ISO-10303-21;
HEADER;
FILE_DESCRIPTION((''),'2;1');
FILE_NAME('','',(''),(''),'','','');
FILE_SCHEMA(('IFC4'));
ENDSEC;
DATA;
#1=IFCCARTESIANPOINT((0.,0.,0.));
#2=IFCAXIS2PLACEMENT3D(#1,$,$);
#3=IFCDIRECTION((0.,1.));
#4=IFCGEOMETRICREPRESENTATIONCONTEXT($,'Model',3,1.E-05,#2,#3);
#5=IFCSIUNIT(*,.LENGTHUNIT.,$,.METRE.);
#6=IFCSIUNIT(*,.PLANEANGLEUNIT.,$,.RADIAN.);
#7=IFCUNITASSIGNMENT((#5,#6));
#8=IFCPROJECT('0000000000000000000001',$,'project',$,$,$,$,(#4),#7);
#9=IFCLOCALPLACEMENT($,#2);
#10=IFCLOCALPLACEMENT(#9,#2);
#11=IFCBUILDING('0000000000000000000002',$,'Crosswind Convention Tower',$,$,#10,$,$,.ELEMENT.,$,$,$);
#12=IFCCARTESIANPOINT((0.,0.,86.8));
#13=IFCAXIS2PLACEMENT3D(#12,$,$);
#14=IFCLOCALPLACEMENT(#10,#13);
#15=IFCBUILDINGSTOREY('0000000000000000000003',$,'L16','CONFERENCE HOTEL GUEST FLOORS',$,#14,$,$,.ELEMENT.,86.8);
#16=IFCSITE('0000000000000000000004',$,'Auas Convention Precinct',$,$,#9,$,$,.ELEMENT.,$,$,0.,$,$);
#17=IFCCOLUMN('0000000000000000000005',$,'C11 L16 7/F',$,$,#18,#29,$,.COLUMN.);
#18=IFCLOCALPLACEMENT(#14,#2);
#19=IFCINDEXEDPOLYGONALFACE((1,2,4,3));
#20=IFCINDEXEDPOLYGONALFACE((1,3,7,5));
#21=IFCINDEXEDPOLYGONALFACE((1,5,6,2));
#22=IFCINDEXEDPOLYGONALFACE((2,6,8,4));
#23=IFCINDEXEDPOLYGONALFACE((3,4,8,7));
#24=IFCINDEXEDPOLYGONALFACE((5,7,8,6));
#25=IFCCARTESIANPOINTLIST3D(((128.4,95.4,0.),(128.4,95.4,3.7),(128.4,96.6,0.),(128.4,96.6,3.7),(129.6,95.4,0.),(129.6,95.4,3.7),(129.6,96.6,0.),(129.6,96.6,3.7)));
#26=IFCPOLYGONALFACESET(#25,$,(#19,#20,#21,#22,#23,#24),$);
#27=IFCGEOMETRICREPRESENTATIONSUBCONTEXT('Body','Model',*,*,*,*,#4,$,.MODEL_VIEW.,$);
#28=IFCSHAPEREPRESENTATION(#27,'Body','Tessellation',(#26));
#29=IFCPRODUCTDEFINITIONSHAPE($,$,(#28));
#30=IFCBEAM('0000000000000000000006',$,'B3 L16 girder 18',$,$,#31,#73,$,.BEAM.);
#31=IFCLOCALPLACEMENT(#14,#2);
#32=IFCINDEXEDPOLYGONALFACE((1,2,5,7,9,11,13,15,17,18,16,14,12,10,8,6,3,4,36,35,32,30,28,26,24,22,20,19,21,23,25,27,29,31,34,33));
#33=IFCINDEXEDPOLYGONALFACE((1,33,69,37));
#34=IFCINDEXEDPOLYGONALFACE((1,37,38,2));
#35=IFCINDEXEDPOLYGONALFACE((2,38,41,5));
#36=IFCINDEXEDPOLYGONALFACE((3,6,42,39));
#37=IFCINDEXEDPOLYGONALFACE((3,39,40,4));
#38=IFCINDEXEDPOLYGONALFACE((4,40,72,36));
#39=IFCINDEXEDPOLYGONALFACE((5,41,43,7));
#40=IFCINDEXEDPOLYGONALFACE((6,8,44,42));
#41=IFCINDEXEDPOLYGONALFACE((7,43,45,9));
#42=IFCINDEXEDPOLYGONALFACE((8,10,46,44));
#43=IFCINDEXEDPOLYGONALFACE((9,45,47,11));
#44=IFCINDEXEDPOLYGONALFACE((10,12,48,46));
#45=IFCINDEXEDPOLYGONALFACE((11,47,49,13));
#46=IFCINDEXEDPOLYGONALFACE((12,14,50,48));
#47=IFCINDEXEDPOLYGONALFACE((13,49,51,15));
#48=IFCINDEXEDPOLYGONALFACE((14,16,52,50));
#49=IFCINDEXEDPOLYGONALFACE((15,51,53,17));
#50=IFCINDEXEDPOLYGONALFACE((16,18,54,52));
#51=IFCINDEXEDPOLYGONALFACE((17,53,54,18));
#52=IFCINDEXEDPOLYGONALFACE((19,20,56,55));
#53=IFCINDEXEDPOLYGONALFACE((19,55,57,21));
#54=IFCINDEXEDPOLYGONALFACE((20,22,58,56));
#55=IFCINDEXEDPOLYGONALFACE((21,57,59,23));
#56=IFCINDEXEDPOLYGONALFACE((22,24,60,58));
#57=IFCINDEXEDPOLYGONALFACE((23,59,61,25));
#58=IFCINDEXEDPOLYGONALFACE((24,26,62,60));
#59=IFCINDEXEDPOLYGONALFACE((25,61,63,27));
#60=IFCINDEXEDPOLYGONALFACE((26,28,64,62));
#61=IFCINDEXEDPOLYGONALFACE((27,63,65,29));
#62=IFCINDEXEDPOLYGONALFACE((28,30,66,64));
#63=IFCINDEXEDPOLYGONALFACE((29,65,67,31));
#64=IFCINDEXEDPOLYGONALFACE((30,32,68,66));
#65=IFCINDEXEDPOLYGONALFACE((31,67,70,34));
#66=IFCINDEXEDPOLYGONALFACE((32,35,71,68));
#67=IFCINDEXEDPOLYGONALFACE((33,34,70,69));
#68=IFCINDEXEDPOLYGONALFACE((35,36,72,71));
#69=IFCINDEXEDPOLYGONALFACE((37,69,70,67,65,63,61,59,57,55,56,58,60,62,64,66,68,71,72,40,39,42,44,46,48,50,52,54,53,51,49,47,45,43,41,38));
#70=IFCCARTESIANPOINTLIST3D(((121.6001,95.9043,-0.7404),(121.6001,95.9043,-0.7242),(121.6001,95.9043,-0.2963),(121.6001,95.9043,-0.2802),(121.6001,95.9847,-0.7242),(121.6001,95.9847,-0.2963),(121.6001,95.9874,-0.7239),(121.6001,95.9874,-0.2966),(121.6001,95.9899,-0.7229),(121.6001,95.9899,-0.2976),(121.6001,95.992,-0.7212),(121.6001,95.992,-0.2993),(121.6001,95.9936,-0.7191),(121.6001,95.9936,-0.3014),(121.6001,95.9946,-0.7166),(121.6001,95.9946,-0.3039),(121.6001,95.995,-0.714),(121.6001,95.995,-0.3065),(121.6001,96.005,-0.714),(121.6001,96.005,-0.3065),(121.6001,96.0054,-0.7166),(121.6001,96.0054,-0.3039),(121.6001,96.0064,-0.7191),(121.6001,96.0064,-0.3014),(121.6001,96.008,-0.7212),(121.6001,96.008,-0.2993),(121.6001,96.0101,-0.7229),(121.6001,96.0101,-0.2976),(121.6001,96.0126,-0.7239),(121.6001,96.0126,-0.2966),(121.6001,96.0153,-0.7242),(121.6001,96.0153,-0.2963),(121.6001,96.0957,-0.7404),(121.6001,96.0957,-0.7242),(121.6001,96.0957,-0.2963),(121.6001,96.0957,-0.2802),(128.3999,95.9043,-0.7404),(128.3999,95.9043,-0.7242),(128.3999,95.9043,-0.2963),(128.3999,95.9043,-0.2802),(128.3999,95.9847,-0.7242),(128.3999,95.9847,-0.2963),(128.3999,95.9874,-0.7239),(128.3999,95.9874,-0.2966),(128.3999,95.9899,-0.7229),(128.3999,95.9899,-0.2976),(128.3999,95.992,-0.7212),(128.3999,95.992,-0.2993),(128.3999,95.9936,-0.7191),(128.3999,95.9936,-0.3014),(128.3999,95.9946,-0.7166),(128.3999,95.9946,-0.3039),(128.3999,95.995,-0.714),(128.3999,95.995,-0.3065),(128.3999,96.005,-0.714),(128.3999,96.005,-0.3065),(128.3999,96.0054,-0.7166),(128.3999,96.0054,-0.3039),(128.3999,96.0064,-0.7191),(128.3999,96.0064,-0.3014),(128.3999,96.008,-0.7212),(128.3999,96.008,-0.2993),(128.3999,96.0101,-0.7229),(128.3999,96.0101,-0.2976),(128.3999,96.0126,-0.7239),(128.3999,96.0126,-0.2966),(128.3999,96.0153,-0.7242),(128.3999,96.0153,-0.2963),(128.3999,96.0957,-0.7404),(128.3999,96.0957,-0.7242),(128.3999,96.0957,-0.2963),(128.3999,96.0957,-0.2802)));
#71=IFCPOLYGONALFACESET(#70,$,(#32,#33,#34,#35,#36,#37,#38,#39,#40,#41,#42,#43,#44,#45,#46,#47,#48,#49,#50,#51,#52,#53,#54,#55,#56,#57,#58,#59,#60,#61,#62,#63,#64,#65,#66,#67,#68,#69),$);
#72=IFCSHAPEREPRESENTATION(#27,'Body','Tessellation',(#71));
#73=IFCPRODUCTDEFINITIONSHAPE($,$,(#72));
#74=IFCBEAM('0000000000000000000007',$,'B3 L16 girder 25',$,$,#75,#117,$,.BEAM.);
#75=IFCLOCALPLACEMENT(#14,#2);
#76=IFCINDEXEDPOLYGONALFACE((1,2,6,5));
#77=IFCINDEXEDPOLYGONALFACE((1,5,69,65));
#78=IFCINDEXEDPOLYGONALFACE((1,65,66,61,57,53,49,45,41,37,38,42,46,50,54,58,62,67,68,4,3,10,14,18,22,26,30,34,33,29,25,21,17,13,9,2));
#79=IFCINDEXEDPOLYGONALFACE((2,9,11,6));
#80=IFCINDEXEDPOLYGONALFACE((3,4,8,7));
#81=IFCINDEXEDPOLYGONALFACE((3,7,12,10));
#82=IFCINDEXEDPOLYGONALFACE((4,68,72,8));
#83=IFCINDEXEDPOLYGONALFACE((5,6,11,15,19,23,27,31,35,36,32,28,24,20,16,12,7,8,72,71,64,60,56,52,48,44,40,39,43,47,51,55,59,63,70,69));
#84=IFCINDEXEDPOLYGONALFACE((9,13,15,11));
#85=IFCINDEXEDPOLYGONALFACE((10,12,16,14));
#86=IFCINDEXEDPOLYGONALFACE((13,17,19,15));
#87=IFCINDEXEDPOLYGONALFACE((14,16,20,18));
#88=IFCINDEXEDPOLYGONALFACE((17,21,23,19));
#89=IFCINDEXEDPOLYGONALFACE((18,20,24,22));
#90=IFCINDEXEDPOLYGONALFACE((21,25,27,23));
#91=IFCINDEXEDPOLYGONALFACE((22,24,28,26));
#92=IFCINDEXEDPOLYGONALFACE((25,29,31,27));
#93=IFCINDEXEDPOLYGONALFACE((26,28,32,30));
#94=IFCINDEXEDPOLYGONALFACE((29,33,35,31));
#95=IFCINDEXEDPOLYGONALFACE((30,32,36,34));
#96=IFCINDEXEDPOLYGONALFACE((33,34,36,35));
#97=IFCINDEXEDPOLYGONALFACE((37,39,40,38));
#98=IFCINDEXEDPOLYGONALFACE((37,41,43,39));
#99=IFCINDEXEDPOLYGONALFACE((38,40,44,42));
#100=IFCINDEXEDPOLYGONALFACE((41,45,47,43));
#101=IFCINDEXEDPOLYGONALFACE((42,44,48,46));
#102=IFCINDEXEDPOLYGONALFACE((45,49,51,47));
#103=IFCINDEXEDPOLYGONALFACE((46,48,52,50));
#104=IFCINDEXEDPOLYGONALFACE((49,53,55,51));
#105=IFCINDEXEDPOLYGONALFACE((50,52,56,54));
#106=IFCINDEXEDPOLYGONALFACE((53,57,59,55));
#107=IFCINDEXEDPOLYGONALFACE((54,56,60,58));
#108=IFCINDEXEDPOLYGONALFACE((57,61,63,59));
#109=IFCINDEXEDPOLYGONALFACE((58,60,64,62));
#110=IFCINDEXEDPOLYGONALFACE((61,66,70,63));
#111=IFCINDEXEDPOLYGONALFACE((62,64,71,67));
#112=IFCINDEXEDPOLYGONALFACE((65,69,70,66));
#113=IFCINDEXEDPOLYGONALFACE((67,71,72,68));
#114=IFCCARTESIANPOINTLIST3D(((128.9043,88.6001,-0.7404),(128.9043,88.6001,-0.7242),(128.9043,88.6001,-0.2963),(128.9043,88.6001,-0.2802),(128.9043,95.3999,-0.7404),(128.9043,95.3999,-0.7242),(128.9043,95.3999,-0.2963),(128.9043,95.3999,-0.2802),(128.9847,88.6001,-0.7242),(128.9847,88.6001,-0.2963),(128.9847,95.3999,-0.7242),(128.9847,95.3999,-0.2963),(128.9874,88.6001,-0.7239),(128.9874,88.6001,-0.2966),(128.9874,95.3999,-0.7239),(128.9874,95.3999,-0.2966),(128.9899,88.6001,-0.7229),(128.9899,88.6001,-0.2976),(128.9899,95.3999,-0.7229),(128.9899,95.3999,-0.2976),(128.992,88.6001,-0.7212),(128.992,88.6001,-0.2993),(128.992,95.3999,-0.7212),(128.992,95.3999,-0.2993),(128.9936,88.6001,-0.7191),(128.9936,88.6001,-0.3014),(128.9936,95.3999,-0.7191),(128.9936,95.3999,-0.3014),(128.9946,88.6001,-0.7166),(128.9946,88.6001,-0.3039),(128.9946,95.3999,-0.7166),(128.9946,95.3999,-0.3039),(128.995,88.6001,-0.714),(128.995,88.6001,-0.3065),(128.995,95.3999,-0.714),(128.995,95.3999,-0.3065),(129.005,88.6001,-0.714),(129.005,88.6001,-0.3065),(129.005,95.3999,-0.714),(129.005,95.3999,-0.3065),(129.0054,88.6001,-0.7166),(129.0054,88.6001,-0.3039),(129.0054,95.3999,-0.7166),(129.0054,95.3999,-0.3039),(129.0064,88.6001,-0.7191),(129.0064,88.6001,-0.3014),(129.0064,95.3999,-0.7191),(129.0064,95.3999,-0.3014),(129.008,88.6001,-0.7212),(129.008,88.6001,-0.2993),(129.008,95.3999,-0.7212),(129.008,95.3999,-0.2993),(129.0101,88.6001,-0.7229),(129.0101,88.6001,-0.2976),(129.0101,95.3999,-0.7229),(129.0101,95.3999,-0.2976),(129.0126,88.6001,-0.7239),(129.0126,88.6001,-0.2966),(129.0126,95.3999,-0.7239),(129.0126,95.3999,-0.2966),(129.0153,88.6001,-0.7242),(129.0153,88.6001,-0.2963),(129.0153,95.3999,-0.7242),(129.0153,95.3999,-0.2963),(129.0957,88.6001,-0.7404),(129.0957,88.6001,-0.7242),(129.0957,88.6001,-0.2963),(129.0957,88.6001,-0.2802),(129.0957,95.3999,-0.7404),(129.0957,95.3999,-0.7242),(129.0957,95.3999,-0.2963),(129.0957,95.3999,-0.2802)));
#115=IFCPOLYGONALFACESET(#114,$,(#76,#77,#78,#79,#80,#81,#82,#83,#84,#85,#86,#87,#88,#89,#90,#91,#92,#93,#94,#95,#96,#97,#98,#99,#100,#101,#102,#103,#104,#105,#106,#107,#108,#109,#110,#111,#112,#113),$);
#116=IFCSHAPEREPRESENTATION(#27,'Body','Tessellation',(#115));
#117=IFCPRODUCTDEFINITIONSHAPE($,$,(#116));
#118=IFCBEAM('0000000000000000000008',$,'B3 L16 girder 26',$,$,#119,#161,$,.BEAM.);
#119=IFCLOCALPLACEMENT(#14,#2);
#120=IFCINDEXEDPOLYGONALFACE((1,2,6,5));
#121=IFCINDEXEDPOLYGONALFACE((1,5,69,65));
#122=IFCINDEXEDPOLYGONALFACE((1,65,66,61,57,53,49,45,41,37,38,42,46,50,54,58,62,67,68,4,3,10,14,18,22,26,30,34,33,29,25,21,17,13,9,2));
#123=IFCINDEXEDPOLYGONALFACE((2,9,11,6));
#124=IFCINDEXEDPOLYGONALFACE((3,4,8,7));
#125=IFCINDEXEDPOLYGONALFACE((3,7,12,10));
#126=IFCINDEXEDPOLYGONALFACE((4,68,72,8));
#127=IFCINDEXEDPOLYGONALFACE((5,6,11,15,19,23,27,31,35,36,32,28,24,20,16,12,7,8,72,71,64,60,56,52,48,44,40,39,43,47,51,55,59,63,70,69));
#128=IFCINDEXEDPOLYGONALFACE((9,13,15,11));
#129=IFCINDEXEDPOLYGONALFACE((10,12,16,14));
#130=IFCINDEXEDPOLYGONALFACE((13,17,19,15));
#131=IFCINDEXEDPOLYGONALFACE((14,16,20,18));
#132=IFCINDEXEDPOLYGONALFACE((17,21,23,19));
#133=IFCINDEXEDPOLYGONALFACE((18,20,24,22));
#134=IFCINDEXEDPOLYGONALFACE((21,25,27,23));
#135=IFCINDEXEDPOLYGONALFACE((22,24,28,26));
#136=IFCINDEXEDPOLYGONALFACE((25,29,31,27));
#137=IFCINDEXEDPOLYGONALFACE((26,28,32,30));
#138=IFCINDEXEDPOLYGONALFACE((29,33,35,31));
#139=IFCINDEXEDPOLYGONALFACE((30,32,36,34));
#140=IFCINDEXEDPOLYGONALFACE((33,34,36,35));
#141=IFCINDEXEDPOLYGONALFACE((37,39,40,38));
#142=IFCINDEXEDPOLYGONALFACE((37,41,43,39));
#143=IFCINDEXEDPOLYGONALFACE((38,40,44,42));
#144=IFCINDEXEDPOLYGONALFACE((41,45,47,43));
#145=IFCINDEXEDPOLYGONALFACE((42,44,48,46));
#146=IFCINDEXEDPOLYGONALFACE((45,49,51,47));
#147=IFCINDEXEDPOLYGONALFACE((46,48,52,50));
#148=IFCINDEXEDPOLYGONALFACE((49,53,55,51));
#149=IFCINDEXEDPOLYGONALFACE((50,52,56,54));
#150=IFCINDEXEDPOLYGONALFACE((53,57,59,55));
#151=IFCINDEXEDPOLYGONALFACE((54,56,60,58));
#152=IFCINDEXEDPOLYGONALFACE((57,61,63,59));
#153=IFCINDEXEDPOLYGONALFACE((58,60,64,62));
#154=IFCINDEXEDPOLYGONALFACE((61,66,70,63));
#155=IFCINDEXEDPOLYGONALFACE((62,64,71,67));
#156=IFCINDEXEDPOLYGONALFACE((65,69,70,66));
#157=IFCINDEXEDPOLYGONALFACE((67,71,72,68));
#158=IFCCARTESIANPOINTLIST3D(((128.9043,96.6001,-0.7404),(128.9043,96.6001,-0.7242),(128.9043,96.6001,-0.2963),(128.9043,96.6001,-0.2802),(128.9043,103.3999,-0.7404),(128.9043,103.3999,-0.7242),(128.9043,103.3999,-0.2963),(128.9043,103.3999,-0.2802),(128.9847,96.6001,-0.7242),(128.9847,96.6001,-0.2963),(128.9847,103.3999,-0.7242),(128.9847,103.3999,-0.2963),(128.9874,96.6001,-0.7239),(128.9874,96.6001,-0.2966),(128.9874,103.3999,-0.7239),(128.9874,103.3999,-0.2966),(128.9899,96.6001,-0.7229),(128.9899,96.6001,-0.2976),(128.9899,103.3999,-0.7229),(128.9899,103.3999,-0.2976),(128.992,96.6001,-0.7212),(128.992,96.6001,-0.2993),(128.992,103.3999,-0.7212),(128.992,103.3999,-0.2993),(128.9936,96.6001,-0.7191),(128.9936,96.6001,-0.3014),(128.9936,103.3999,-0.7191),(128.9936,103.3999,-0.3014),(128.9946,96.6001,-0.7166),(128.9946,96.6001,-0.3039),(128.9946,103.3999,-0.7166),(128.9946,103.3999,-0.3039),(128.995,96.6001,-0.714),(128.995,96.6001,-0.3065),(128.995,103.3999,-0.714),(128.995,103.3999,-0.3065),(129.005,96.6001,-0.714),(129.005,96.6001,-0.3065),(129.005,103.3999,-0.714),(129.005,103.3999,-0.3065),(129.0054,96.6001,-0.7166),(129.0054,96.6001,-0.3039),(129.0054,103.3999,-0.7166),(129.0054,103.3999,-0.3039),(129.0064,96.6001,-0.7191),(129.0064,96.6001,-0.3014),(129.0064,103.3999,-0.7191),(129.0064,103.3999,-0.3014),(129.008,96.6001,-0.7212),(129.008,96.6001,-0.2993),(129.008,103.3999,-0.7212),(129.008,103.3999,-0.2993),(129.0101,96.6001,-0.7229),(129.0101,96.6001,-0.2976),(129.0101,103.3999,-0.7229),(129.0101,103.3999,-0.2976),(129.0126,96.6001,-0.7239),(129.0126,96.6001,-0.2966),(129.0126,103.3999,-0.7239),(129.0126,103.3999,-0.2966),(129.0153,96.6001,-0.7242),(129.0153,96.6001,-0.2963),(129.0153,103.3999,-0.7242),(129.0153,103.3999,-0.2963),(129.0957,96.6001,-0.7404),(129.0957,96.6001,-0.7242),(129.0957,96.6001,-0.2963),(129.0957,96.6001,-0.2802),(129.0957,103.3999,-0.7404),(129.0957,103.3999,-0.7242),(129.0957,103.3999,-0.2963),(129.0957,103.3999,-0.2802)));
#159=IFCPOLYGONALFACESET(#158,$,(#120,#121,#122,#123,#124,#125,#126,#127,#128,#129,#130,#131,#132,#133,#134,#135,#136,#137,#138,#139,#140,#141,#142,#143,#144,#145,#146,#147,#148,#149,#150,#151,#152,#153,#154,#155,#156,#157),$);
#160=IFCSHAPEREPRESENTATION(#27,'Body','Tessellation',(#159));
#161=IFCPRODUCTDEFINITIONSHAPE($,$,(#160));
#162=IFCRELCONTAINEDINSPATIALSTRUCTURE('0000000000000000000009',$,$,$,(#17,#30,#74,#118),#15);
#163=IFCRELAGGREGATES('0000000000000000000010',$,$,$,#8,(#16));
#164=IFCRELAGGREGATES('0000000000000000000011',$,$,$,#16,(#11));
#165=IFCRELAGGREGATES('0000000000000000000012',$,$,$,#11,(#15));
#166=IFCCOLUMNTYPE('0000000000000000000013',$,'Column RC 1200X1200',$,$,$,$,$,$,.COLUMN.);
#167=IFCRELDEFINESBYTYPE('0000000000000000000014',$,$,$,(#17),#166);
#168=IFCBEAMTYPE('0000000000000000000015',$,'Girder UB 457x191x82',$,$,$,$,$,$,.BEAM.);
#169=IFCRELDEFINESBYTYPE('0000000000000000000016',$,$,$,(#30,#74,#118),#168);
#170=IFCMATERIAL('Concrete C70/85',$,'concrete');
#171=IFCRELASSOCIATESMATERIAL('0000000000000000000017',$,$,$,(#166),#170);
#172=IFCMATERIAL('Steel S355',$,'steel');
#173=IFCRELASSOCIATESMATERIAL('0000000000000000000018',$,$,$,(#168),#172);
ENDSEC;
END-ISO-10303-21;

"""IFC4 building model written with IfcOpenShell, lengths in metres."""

from ifc_helpers import new_model, si_unit, direction, frame, origin, origin_2d, place, context, subcontext, project, spatial, rectangle, i_section, extrude, material, material_profile, profile_set, type_object, element, save


model = new_model("IFC4")

# Units and contexts
model_context = context("Model", 3, precision=1e-05, world=origin(), true_north=direction((0.0, 1.0)))
body_context = subcontext(model_context, "Body", "Model", "MODEL_VIEW")
ifc_project = project(units=[si_unit("LENGTHUNIT", "METRE"), si_unit("PLANEANGLEUNIT", "RADIAN")], contexts=[model_context])

# Site, building, storey
site_placement = place(None, origin())
site = spatial("IfcSite", under=ifc_project, at=site_placement, Name="Auas Convention Precinct", CompositionType="ELEMENT", RefElevation=0.0)
building_placement = place(site_placement, origin())
building = spatial("IfcBuilding", under=site, at=building_placement, Name="Crosswind Convention Tower", CompositionType="ELEMENT")
storey_placement = place(building_placement, frame((0.0, 0.0, 86.8)))
storey = spatial("IfcBuildingStorey", under=building, at=storey_placement, Name="L16", Description="CONFERENCE HOTEL GUEST FLOORS", CompositionType="ELEMENT", Elevation=86.8)

# Column
ifc_material_1 = material(Name="Concrete C70/85", Category="concrete")
ifc_material_profile_1 = material_profile(ifc_material_1, rectangle(XDim=1.2, YDim=1.2, at=origin_2d()), Name="RC 1200X1200")
ifc_profile_set_1 = profile_set([ifc_material_profile_1], Name="Concrete C70/85")
column_type = type_object("IfcColumnType", Name="Column RC 1200X1200", PredefinedType="COLUMN", material=ifc_profile_set_1)
column_placement = place(storey_placement, frame((129.0, 96.0, 0.0), z_axis=(0.0, 0.0, 1.0), x_axis=(1.0, 0.0, 0.0)))
element("IfcColumn", 1, at=column_placement, inside=storey, type_object=column_type, Name="C11 L16 7/F", PredefinedType="COLUMN", context=body_context, shape_type="SweptSolid", body=[
    extrude(rectangle(XDim=1.2, YDim=1.2, at=origin_2d()), origin(), (0.0, 0.0, 1.0), 3.7),
])

# Beams
ifc_material_2 = material(Name="Steel S355", Category="steel")
ifc_material_profile_2 = material_profile(ifc_material_2, i_section(OverallWidth=0.1914, OverallDepth=0.4602, WebThickness=0.01, FlangeThickness=0.0161, FilletRadius=0.0103, at=origin_2d()), Name="UB 457x191x82")
ifc_profile_set_2 = profile_set([ifc_material_profile_2], Name="Steel S355")
beam_type_1 = type_object("IfcBeamType", Name="Girder UB 457x191x82", PredefinedType="BEAM", material=ifc_profile_set_2)
for number, where, z_axis, x_axis, name in (
    (2, (121.6001, 96.0, -0.5103), (1.0, 0.0, 0.0), (0.0, 1.0, 0.0), "B3 L16 girder 18"),
    (3, (129.0, 88.6001, -0.5103), (0.0, 1.0, 0.0), (-1.0, 0.0, 0.0), "B3 L16 girder 25"),
    (4, (129.0, 96.6001, -0.5103), (0.0, 1.0, 0.0), (-1.0, 0.0, 0.0), "B3 L16 girder 26"),
):
    element("IfcBeam", number, at=place(storey_placement, frame(where, z_axis=z_axis, x_axis=x_axis)), inside=storey, type_object=beam_type_1, Name=name, PredefinedType="BEAM", context=body_context, shape_type="SweptSolid", body=[
        extrude(i_section(OverallWidth=0.1914, OverallDepth=0.4602, WebThickness=0.01, FlangeThickness=0.0161, FilletRadius=0.0103, at=origin_2d()), origin(), (0.0, 0.0, 1.0), 6.7998),
    ])

save(model, "model.ifc")
